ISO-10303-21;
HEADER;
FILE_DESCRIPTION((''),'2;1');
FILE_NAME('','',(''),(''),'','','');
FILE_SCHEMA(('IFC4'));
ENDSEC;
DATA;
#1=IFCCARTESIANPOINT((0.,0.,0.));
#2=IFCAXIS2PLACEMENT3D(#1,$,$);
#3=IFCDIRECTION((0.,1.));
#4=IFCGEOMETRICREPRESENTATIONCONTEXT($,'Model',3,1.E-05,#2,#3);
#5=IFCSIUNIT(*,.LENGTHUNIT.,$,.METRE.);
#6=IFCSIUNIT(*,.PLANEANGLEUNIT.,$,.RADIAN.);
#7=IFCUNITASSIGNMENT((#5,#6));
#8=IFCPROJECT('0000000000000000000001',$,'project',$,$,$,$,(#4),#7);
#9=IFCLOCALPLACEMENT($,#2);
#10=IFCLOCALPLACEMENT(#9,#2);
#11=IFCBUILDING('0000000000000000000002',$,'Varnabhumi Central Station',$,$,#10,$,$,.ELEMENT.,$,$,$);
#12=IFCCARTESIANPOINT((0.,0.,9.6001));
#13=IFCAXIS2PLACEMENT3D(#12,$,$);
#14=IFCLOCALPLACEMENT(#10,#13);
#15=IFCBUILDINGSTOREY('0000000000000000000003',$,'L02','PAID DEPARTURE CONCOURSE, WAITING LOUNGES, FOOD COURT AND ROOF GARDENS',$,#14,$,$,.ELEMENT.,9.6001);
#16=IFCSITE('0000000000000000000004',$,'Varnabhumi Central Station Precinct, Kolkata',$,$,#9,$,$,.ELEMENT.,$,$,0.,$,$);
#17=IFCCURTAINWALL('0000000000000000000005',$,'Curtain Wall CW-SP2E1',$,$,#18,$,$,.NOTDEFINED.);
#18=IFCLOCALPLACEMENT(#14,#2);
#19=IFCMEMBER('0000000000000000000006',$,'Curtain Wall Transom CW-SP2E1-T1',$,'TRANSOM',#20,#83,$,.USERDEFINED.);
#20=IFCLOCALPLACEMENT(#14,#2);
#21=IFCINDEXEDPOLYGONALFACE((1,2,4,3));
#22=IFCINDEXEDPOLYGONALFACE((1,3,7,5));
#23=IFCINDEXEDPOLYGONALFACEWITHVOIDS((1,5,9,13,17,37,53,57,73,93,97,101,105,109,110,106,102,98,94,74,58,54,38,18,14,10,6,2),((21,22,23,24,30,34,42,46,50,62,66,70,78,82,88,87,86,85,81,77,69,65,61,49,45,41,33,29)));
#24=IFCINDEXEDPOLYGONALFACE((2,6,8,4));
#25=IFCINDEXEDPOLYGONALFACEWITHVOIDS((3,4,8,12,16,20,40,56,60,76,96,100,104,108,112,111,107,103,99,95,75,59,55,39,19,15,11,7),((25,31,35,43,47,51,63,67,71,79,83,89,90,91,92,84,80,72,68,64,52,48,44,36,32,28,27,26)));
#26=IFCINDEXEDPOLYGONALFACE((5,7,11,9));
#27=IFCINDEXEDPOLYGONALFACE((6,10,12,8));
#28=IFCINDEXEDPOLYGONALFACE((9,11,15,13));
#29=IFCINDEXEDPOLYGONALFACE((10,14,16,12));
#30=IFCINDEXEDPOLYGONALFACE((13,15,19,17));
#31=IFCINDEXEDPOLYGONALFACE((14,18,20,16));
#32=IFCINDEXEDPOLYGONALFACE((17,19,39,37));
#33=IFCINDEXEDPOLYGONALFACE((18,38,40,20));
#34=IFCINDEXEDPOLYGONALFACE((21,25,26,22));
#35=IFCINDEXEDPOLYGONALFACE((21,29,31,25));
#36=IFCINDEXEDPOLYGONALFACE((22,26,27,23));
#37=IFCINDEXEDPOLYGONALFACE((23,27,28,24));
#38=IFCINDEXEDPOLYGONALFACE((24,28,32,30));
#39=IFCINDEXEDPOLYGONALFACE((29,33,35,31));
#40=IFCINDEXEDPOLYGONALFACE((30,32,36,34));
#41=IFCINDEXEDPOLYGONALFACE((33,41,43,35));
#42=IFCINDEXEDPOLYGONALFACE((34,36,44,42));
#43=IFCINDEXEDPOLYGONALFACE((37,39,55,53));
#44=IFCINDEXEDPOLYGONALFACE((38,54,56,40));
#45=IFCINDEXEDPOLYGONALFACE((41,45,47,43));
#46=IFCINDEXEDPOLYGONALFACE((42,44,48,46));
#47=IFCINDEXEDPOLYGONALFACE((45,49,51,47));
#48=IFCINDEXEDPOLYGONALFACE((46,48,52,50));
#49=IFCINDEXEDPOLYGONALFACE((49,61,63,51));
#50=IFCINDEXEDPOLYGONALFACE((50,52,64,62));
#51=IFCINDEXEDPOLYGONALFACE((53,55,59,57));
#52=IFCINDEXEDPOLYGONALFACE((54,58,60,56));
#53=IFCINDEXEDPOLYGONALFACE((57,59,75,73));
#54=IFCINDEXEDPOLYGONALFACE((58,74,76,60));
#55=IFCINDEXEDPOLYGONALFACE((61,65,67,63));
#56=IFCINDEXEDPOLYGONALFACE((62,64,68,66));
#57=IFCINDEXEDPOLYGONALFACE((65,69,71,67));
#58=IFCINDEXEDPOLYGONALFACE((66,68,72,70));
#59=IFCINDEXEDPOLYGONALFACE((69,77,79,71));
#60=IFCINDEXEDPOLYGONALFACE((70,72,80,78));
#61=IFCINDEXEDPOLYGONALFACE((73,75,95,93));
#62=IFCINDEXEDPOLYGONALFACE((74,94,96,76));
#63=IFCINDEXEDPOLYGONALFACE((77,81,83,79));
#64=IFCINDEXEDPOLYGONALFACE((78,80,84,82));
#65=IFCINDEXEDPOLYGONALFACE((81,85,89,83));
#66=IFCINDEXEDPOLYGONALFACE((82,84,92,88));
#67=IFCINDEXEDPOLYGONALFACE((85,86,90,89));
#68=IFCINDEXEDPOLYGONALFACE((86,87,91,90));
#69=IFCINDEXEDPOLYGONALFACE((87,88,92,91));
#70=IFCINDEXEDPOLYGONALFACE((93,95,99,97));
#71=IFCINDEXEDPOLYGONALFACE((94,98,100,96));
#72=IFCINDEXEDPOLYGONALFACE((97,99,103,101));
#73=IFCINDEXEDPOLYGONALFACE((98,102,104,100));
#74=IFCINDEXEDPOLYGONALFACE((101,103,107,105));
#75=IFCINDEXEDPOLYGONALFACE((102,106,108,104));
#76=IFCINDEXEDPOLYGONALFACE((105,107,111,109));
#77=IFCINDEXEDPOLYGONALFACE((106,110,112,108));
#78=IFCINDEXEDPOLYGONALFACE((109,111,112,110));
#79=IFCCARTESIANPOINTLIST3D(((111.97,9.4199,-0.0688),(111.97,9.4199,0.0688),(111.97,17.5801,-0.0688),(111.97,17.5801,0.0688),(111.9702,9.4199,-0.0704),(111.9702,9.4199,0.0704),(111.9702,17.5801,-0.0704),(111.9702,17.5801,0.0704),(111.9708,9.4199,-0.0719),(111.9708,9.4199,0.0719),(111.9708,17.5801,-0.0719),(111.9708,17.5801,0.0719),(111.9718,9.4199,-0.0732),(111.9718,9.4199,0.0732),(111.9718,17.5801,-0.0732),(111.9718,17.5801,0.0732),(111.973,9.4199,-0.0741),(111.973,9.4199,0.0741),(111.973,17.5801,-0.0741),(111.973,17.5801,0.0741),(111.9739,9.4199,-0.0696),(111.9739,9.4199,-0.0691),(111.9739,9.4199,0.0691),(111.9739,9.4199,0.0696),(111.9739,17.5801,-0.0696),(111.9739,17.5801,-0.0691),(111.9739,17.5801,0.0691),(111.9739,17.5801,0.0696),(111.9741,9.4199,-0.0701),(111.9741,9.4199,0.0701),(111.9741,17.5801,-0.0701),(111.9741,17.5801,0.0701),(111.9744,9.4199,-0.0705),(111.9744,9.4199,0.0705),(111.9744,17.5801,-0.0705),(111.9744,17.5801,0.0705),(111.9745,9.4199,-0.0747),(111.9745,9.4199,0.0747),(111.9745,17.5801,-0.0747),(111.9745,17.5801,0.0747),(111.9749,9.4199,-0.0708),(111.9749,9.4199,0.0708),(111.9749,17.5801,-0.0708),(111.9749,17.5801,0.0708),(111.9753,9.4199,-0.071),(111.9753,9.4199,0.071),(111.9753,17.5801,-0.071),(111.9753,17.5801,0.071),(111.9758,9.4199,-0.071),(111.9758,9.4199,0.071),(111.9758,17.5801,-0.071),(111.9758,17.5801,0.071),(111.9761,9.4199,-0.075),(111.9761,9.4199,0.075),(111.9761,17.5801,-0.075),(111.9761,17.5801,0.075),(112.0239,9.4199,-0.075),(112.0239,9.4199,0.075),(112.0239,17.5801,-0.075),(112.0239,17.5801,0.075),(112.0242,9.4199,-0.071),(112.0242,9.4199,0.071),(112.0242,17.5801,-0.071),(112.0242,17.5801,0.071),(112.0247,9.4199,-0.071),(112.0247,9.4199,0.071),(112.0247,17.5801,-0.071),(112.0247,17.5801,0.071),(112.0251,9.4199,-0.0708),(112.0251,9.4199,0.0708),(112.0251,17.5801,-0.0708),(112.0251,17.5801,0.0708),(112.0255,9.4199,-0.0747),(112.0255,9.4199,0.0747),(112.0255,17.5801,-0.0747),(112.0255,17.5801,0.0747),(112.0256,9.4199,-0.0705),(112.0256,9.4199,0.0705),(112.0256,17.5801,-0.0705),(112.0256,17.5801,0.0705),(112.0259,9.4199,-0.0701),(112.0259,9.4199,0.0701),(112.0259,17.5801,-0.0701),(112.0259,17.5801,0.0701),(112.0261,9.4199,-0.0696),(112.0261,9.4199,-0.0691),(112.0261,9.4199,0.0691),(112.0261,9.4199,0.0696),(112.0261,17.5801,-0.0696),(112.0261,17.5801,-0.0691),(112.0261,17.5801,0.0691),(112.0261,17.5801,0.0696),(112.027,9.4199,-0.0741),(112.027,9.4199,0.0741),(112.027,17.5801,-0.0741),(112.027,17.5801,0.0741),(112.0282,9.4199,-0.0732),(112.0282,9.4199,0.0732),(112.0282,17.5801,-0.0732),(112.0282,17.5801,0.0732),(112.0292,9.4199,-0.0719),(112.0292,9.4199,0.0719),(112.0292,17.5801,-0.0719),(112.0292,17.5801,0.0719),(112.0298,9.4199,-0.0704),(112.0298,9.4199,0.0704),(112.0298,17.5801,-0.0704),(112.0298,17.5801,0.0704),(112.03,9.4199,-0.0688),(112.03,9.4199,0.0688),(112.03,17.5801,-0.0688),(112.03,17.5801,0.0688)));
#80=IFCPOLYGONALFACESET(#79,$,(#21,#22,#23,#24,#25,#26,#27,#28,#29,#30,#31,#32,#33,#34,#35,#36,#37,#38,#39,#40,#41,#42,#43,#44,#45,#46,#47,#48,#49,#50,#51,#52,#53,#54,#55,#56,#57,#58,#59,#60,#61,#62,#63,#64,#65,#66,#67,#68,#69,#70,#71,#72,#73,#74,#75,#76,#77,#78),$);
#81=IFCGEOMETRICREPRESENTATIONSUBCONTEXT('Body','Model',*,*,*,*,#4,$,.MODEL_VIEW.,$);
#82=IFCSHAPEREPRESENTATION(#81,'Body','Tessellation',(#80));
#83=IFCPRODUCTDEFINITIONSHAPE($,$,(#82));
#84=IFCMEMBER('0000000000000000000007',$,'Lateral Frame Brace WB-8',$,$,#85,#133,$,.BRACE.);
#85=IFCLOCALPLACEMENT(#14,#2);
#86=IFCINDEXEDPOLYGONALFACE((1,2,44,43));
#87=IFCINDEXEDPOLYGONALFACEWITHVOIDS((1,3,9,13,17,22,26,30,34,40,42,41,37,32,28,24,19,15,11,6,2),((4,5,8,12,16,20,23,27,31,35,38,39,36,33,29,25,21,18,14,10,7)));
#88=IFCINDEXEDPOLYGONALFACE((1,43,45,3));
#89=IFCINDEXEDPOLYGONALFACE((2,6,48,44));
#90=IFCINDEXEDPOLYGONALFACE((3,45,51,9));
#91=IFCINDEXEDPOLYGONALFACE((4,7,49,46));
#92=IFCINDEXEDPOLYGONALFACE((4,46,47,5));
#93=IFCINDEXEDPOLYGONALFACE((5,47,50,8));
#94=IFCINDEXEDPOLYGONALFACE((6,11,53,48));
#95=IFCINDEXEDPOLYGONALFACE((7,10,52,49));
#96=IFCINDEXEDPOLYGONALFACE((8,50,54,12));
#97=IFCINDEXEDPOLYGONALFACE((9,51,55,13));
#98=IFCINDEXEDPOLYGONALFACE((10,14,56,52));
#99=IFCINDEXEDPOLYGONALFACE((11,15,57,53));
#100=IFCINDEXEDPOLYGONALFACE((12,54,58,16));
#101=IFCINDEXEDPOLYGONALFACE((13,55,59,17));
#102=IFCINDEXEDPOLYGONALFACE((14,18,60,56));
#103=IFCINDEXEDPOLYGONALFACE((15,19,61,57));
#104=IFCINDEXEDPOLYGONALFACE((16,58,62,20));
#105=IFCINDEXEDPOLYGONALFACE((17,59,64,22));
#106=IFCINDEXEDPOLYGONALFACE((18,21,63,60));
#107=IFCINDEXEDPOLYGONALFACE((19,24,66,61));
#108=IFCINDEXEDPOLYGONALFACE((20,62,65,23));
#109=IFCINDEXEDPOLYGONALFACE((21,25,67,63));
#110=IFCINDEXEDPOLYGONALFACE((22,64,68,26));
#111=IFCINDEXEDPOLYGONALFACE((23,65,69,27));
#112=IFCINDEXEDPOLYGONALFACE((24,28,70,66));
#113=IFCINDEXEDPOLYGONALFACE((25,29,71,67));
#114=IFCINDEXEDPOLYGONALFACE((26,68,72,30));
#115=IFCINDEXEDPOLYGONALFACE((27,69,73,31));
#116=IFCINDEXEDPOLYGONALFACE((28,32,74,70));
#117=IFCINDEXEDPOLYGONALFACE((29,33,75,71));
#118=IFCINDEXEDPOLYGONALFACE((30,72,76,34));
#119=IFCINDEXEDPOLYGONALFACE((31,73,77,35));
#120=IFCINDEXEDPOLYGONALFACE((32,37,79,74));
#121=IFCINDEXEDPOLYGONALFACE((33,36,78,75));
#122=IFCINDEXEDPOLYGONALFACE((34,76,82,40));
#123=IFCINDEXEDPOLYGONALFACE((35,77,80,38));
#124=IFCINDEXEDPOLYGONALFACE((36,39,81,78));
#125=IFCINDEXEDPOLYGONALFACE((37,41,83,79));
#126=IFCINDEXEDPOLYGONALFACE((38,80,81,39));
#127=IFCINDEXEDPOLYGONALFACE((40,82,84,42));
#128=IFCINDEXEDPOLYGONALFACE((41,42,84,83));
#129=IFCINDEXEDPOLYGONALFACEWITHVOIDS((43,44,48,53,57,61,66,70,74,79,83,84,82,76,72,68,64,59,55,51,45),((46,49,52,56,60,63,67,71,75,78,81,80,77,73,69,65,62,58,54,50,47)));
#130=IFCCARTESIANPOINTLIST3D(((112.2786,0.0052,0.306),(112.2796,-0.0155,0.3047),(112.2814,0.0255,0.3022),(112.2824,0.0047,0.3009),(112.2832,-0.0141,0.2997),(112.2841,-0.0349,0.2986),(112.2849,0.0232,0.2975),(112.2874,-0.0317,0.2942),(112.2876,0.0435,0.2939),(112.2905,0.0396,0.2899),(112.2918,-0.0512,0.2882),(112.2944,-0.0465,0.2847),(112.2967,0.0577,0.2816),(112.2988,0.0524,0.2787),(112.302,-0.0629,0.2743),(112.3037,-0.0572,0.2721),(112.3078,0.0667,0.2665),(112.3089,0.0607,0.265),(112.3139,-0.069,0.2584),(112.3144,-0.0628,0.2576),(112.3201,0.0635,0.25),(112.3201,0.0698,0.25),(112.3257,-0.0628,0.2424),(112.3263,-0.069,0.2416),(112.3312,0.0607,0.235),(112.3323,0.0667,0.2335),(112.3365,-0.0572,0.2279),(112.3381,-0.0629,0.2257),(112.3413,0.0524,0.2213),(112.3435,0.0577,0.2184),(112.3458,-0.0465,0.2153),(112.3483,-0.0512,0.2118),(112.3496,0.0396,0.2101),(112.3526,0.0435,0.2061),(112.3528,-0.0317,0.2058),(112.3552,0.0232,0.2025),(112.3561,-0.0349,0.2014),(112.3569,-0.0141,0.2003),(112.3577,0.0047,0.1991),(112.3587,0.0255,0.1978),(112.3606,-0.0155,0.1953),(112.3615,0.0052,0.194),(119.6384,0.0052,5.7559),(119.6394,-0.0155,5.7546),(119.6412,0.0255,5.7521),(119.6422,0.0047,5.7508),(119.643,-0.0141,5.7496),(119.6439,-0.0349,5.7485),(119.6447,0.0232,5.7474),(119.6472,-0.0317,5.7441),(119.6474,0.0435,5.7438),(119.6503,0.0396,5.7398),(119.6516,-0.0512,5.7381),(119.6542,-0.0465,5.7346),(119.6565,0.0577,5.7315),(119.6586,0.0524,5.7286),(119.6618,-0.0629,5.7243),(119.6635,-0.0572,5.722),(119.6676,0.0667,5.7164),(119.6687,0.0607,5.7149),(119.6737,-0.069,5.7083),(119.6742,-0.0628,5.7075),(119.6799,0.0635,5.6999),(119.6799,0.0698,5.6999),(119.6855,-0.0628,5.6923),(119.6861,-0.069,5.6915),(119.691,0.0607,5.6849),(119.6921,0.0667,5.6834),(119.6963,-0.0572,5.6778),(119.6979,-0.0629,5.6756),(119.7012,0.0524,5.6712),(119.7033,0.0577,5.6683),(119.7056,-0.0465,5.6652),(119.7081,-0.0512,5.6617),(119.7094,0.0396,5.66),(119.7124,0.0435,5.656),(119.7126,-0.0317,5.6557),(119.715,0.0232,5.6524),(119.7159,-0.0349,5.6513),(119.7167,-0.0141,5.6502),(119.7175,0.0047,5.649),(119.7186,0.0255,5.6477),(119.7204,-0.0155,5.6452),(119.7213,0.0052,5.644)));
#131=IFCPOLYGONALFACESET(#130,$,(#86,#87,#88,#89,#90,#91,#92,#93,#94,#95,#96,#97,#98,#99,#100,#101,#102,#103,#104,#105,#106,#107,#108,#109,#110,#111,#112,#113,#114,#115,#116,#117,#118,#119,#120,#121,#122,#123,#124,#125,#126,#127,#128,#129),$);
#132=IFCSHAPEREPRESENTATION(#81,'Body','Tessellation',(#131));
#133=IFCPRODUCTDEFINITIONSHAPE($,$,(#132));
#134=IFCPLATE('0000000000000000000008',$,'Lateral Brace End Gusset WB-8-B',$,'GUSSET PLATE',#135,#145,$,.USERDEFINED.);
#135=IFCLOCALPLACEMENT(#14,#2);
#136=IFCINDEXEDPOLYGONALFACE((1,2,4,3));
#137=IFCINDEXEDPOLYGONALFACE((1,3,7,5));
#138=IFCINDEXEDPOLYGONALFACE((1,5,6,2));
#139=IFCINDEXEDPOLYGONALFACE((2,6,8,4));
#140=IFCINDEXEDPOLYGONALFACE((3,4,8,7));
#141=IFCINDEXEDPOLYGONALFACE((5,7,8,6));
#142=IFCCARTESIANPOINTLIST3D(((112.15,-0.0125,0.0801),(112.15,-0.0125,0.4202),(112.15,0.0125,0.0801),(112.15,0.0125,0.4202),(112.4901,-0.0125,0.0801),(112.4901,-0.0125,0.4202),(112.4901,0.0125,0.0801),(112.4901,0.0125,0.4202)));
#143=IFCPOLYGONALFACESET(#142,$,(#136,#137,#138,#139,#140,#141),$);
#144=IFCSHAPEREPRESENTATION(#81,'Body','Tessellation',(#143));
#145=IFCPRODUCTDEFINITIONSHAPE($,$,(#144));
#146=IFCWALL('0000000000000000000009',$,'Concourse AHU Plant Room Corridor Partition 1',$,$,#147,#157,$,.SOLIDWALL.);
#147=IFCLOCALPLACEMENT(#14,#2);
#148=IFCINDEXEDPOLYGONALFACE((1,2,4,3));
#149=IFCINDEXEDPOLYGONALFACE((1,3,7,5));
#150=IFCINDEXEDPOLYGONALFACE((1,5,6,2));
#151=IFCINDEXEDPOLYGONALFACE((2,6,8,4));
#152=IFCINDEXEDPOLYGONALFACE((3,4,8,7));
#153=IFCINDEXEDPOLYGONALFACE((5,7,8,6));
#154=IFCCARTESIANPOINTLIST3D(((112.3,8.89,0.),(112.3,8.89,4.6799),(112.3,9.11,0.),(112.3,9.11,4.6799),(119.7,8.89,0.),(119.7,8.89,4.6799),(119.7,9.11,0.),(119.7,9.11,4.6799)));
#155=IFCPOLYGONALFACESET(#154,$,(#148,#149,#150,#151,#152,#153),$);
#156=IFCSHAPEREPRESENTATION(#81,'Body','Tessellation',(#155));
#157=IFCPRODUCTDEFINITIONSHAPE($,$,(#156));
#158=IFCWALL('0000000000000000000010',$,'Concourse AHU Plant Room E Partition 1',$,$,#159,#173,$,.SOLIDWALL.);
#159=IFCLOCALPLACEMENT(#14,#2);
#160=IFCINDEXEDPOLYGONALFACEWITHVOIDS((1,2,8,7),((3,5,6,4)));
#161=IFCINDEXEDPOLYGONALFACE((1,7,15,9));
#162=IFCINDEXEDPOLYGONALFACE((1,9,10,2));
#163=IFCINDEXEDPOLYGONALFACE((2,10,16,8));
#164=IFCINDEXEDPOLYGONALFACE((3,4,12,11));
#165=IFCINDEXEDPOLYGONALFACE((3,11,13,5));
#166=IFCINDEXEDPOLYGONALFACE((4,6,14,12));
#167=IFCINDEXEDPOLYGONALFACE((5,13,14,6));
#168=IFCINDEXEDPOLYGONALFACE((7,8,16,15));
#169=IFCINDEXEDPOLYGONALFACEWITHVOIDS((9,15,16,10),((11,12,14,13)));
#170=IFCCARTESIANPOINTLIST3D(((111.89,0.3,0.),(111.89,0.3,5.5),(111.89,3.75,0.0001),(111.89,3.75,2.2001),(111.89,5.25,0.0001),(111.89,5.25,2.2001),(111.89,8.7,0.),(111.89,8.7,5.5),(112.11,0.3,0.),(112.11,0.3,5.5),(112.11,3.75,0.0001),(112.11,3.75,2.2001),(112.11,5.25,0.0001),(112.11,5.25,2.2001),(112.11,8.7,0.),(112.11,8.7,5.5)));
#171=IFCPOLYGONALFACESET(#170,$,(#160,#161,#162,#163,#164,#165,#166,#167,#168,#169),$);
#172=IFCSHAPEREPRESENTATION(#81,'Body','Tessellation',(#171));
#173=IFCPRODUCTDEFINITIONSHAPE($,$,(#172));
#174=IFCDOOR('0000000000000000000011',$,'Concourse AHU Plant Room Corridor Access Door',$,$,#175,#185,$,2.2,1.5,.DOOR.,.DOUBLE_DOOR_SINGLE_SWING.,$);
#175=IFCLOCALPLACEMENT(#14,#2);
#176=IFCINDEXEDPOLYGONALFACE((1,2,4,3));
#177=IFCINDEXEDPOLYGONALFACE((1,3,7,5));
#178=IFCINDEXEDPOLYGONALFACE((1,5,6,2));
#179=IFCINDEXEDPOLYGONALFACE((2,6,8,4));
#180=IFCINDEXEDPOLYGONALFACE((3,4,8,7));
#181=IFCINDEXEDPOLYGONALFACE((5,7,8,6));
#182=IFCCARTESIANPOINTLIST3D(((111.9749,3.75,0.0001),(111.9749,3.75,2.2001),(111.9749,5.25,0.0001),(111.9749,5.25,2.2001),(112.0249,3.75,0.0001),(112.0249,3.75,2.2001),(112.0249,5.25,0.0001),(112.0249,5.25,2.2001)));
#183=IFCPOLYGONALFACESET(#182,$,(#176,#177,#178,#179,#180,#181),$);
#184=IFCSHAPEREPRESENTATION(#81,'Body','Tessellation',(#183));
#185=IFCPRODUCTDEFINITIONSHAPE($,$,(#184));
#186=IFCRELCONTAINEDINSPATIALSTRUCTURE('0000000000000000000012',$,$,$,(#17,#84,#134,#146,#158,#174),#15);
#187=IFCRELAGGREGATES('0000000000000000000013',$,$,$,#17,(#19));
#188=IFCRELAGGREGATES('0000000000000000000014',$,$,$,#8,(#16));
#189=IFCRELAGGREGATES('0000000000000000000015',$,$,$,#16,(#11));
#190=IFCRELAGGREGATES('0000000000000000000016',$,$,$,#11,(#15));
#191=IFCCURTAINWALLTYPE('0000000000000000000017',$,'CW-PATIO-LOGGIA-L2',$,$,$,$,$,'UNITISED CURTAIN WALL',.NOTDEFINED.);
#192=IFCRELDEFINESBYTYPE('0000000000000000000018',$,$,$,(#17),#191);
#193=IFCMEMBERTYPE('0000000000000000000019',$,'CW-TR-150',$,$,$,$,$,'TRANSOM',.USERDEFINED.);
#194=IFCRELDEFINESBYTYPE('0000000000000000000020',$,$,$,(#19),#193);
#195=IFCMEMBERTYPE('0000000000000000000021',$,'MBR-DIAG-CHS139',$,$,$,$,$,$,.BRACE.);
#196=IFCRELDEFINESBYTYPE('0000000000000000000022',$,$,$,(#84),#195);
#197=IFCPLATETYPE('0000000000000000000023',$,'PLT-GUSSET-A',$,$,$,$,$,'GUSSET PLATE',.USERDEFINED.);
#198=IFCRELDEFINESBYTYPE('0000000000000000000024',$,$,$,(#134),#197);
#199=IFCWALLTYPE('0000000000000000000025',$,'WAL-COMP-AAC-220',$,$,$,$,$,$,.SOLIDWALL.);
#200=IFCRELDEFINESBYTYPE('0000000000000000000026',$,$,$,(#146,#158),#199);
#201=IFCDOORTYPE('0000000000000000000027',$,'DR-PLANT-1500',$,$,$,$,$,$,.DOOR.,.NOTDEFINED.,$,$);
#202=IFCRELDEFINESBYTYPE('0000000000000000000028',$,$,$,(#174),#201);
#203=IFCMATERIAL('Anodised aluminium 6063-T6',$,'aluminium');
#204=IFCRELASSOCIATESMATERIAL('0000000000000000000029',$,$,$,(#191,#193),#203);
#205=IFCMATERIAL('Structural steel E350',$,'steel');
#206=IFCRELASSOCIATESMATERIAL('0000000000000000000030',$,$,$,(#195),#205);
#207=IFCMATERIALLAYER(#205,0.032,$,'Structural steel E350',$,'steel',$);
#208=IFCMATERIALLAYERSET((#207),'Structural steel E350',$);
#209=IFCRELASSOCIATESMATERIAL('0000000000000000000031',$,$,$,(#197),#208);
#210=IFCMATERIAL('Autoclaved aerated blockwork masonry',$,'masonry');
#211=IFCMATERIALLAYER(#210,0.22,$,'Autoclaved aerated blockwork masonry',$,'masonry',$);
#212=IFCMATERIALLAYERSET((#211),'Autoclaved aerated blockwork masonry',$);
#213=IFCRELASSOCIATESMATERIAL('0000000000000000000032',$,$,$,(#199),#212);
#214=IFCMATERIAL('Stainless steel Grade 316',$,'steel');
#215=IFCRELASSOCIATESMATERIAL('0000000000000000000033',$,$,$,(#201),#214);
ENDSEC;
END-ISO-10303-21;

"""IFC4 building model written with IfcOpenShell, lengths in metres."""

from ifc_helpers import new_model, si_unit, direction, frame, frame_2d, origin, origin_2d, place, context, subcontext, project, spatial, rectangle, hollow_rectangle, hollow_circle, extrude, material, layer, layer_set, material_profile, profile_set, type_object, element, fill, aggregate, save


model = new_model("IFC4")

# Units and contexts
model_context = context("Model", 3, precision=1e-05, world=origin(), true_north=direction((0.0, 1.0)))
body_context = subcontext(model_context, "Body", "Model", "MODEL_VIEW")
ifc_project = project(units=[si_unit("LENGTHUNIT", "METRE"), si_unit("PLANEANGLEUNIT", "RADIAN")], contexts=[model_context])

# Site, building, storey
site_placement = place(None, origin())
site = spatial("IfcSite", under=ifc_project, at=site_placement, Name="Varnabhumi Central Station Precinct, Kolkata", CompositionType="ELEMENT", RefElevation=0.0)
building_placement = place(site_placement, origin())
building = spatial("IfcBuilding", under=site, at=building_placement, Name="Varnabhumi Central Station", CompositionType="ELEMENT")
storey_placement = place(building_placement, frame((0.0, 0.0, 9.6001)))
storey = spatial("IfcBuildingStorey", under=building, at=storey_placement, Name="L02", Description="PAID DEPARTURE CONCOURSE, WAITING LOUNGES, FOOD COURT AND ROOF GARDENS", CompositionType="ELEMENT", Elevation=9.6001)

# Shared definitions
ifc_material_1 = material(Name="Structural steel E350", Category="steel")

# Curtain wall
ifc_material_2 = material(Name="Anodised aluminium 6063-T6", Category="aluminium")
curtain_wall_type = type_object("IfcCurtainWallType", Name="CW-PATIO-LOGGIA-L2", ElementType="UNITISED CURTAIN WALL", PredefinedType="NOTDEFINED", material=ifc_material_2)
curtain_wall_1_placement = place(storey_placement, origin())
curtain_wall_1 = element("IfcCurtainWall", 1, at=curtain_wall_1_placement, inside=storey, type_object=curtain_wall_type, Name="Curtain Wall CW-SP2E1", PredefinedType="NOTDEFINED")

# Members
ifc_material_profile_1 = material_profile(ifc_material_2, hollow_rectangle(XDim=0.0601, YDim=0.1499, WallThickness=0.0039, InnerFilletRadius=0.002, OuterFilletRadius=0.0061, at=origin_2d()), Name="Anodised aluminium 6063-T6", Category="aluminium")
ifc_profile_set_1 = profile_set([ifc_material_profile_1], Name="Anodised aluminium 6063-T6")
member_type_1 = type_object("IfcMemberType", Name="CW-TR-150", ElementType="TRANSOM", PredefinedType="USERDEFINED", material=ifc_profile_set_1)
member_1_placement = place(storey_placement, frame((112.0, 9.4199, 0.0), z_axis=(0.0, 1.0, 0.0), x_axis=(-1.0, 0.0, 0.0)))
member_1 = element("IfcMember", 2, at=member_1_placement, type_object=member_type_1, Name="Curtain Wall Transom CW-SP2E1-T1", ObjectType="TRANSOM", PredefinedType="USERDEFINED", context=body_context, shape_type="SweptSolid", body=[
    extrude(hollow_rectangle(XDim=0.0601, YDim=0.1499, WallThickness=0.0039, InnerFilletRadius=0.002, OuterFilletRadius=0.0061, at=origin_2d()), origin(), (0.0, 0.0, 1.0), 8.1602),
])
aggregate(curtain_wall_1, [member_1])
ifc_material_profile_2 = material_profile(ifc_material_1, hollow_circle(Radius=0.0698, WallThickness=0.0063, at=origin_2d()), Name="Structural steel E350", Category="steel")
ifc_profile_set_2 = profile_set([ifc_material_profile_2], Name="Structural steel E350")
member_type_2 = type_object("IfcMemberType", Name="MBR-DIAG-CHS139", PredefinedType="BRACE", material=ifc_profile_set_2)
member_2_placement = place(storey_placement, frame((112.3201, 0.0, 0.25), z_axis=(0.803651, 0.0, 0.595101), x_axis=(0.0, 1.0, 0.0)))
element("IfcMember", 3, at=member_2_placement, inside=storey, type_object=member_type_2, Name="Lateral Frame Brace WB-8", PredefinedType="BRACE", context=body_context, shape_type="SweptSolid", body=[
    extrude(hollow_circle(Radius=0.0698, WallThickness=0.0063, at=origin_2d()), origin(), (0.0, 0.0, 1.0), 9.158),
])

# Plate
ifc_layer_1 = layer(ifc_material_1, 0.032, Name="Structural steel E350", Category="steel")
ifc_layer_set_1 = layer_set([ifc_layer_1], Name="Structural steel E350")
plate_type = type_object("IfcPlateType", Name="PLT-GUSSET-A", ElementType="GUSSET PLATE", PredefinedType="USERDEFINED", material=ifc_layer_set_1)
plate_placement = place(storey_placement, frame((112.3201, 0.0, 0.0801), z_axis=(0.0, 0.0, 1.0), x_axis=(1.0, 0.0, 0.0)))
element("IfcPlate", 4, at=plate_placement, inside=storey, type_object=plate_type, Name="Lateral Brace End Gusset WB-8-B", ObjectType="GUSSET PLATE", PredefinedType="USERDEFINED", context=body_context, shape_type="SweptSolid", body=[
    extrude(rectangle(XDim=0.3401, YDim=0.0249, at=origin_2d()), origin(), (0.0, 0.0, 1.0), 0.3401),
])

# Wall
ifc_material_3 = material(Name="Autoclaved aerated blockwork masonry", Category="masonry")
ifc_layer_2 = layer(ifc_material_3, 0.22, Name="Autoclaved aerated blockwork masonry", Category="masonry")
ifc_layer_set_2 = layer_set([ifc_layer_2], Name="Autoclaved aerated blockwork masonry")
wall_type_1 = type_object("IfcWallType", Name="WAL-COMP-AAC-220", PredefinedType="SOLIDWALL", material=ifc_layer_set_2)
wall_1_placement = place(storey_placement, frame((112.3, 9.0, 0.0), z_axis=(0.0, 0.0, 1.0), x_axis=(1.0, 0.0, 0.0)))
element("IfcWall", 5, at=wall_1_placement, inside=storey, type_object=wall_type_1, Name="Concourse AHU Plant Room Corridor Partition 1", PredefinedType="SOLIDWALL", context=body_context, shape_type="SweptSolid", body=[
    extrude(rectangle(XDim=7.3999, YDim=0.22, at=frame_2d((3.7, 0.0))), origin(), (0.0, 0.0, 1.0), 4.6799),
])

# Wall, opening, door
wall_2_placement = place(storey_placement, frame((112.0, 0.3, 0.0), z_axis=(0.0, 0.0, 1.0), x_axis=(0.0, 1.0, 0.0)))
wall_2 = element("IfcWall", 6, at=wall_2_placement, inside=storey, type_object=wall_type_1, Name="Concourse AHU Plant Room E Partition 1", PredefinedType="SOLIDWALL", context=body_context, shape_type="SweptSolid", body=[
    extrude(rectangle(XDim=8.3999, YDim=0.22, at=frame_2d((4.2, 0.0))), origin(), (0.0, 0.0, 1.0), 5.5),
])
opening_1_placement = place(wall_2_placement, frame((3.45, 0.0, 0.0)))
opening_1 = element("IfcOpeningElement", 7, at=opening_1_placement, cuts=wall_2, PredefinedType="OPENING", context=body_context, shape_type="SweptSolid", body=[
    extrude(rectangle(XDim=1.5, YDim=2.2, at=frame_2d((0.75, 1.1001))), frame((0.0, 0.1199, 0.0), z_axis=(0.0, -1.0, 0.0), x_axis=(1.0, 0.0, 0.0)), (0.0, 0.0, 1.0), 0.24),
])
ifc_material_4 = material(Name="Stainless steel Grade 316", Category="steel")
door_type_1 = type_object("IfcDoorType", Name="DR-PLANT-1500", OperationType="NOTDEFINED", PredefinedType="DOOR", material=ifc_material_4)
door_1_placement = place(opening_1_placement, frame((1.5, 0.0, 0.0), z_axis=(0.0, 0.0, 1.0), x_axis=(-1.0, 0.0, 0.0)))
door_1 = element("IfcDoor", 8, at=door_1_placement, inside=storey, type_object=door_type_1, Name="Concourse AHU Plant Room Corridor Access Door", OperationType="DOUBLE_DOOR_SINGLE_SWING", OverallHeight=2.2, OverallWidth=1.5, PredefinedType="DOOR", context=body_context, shape_type="SweptSolid", body=[
    extrude(rectangle(XDim=1.5, YDim=2.2, at=frame_2d((0.75, 1.1001))), frame((0.0, 0.0249, 0.0), z_axis=(0.0, -1.0, 0.0), x_axis=(1.0, 0.0, 0.0)), (0.0, 0.0, 1.0), 0.05),
])
fill(opening_1, door_1)

save(model, "model.ifc")
